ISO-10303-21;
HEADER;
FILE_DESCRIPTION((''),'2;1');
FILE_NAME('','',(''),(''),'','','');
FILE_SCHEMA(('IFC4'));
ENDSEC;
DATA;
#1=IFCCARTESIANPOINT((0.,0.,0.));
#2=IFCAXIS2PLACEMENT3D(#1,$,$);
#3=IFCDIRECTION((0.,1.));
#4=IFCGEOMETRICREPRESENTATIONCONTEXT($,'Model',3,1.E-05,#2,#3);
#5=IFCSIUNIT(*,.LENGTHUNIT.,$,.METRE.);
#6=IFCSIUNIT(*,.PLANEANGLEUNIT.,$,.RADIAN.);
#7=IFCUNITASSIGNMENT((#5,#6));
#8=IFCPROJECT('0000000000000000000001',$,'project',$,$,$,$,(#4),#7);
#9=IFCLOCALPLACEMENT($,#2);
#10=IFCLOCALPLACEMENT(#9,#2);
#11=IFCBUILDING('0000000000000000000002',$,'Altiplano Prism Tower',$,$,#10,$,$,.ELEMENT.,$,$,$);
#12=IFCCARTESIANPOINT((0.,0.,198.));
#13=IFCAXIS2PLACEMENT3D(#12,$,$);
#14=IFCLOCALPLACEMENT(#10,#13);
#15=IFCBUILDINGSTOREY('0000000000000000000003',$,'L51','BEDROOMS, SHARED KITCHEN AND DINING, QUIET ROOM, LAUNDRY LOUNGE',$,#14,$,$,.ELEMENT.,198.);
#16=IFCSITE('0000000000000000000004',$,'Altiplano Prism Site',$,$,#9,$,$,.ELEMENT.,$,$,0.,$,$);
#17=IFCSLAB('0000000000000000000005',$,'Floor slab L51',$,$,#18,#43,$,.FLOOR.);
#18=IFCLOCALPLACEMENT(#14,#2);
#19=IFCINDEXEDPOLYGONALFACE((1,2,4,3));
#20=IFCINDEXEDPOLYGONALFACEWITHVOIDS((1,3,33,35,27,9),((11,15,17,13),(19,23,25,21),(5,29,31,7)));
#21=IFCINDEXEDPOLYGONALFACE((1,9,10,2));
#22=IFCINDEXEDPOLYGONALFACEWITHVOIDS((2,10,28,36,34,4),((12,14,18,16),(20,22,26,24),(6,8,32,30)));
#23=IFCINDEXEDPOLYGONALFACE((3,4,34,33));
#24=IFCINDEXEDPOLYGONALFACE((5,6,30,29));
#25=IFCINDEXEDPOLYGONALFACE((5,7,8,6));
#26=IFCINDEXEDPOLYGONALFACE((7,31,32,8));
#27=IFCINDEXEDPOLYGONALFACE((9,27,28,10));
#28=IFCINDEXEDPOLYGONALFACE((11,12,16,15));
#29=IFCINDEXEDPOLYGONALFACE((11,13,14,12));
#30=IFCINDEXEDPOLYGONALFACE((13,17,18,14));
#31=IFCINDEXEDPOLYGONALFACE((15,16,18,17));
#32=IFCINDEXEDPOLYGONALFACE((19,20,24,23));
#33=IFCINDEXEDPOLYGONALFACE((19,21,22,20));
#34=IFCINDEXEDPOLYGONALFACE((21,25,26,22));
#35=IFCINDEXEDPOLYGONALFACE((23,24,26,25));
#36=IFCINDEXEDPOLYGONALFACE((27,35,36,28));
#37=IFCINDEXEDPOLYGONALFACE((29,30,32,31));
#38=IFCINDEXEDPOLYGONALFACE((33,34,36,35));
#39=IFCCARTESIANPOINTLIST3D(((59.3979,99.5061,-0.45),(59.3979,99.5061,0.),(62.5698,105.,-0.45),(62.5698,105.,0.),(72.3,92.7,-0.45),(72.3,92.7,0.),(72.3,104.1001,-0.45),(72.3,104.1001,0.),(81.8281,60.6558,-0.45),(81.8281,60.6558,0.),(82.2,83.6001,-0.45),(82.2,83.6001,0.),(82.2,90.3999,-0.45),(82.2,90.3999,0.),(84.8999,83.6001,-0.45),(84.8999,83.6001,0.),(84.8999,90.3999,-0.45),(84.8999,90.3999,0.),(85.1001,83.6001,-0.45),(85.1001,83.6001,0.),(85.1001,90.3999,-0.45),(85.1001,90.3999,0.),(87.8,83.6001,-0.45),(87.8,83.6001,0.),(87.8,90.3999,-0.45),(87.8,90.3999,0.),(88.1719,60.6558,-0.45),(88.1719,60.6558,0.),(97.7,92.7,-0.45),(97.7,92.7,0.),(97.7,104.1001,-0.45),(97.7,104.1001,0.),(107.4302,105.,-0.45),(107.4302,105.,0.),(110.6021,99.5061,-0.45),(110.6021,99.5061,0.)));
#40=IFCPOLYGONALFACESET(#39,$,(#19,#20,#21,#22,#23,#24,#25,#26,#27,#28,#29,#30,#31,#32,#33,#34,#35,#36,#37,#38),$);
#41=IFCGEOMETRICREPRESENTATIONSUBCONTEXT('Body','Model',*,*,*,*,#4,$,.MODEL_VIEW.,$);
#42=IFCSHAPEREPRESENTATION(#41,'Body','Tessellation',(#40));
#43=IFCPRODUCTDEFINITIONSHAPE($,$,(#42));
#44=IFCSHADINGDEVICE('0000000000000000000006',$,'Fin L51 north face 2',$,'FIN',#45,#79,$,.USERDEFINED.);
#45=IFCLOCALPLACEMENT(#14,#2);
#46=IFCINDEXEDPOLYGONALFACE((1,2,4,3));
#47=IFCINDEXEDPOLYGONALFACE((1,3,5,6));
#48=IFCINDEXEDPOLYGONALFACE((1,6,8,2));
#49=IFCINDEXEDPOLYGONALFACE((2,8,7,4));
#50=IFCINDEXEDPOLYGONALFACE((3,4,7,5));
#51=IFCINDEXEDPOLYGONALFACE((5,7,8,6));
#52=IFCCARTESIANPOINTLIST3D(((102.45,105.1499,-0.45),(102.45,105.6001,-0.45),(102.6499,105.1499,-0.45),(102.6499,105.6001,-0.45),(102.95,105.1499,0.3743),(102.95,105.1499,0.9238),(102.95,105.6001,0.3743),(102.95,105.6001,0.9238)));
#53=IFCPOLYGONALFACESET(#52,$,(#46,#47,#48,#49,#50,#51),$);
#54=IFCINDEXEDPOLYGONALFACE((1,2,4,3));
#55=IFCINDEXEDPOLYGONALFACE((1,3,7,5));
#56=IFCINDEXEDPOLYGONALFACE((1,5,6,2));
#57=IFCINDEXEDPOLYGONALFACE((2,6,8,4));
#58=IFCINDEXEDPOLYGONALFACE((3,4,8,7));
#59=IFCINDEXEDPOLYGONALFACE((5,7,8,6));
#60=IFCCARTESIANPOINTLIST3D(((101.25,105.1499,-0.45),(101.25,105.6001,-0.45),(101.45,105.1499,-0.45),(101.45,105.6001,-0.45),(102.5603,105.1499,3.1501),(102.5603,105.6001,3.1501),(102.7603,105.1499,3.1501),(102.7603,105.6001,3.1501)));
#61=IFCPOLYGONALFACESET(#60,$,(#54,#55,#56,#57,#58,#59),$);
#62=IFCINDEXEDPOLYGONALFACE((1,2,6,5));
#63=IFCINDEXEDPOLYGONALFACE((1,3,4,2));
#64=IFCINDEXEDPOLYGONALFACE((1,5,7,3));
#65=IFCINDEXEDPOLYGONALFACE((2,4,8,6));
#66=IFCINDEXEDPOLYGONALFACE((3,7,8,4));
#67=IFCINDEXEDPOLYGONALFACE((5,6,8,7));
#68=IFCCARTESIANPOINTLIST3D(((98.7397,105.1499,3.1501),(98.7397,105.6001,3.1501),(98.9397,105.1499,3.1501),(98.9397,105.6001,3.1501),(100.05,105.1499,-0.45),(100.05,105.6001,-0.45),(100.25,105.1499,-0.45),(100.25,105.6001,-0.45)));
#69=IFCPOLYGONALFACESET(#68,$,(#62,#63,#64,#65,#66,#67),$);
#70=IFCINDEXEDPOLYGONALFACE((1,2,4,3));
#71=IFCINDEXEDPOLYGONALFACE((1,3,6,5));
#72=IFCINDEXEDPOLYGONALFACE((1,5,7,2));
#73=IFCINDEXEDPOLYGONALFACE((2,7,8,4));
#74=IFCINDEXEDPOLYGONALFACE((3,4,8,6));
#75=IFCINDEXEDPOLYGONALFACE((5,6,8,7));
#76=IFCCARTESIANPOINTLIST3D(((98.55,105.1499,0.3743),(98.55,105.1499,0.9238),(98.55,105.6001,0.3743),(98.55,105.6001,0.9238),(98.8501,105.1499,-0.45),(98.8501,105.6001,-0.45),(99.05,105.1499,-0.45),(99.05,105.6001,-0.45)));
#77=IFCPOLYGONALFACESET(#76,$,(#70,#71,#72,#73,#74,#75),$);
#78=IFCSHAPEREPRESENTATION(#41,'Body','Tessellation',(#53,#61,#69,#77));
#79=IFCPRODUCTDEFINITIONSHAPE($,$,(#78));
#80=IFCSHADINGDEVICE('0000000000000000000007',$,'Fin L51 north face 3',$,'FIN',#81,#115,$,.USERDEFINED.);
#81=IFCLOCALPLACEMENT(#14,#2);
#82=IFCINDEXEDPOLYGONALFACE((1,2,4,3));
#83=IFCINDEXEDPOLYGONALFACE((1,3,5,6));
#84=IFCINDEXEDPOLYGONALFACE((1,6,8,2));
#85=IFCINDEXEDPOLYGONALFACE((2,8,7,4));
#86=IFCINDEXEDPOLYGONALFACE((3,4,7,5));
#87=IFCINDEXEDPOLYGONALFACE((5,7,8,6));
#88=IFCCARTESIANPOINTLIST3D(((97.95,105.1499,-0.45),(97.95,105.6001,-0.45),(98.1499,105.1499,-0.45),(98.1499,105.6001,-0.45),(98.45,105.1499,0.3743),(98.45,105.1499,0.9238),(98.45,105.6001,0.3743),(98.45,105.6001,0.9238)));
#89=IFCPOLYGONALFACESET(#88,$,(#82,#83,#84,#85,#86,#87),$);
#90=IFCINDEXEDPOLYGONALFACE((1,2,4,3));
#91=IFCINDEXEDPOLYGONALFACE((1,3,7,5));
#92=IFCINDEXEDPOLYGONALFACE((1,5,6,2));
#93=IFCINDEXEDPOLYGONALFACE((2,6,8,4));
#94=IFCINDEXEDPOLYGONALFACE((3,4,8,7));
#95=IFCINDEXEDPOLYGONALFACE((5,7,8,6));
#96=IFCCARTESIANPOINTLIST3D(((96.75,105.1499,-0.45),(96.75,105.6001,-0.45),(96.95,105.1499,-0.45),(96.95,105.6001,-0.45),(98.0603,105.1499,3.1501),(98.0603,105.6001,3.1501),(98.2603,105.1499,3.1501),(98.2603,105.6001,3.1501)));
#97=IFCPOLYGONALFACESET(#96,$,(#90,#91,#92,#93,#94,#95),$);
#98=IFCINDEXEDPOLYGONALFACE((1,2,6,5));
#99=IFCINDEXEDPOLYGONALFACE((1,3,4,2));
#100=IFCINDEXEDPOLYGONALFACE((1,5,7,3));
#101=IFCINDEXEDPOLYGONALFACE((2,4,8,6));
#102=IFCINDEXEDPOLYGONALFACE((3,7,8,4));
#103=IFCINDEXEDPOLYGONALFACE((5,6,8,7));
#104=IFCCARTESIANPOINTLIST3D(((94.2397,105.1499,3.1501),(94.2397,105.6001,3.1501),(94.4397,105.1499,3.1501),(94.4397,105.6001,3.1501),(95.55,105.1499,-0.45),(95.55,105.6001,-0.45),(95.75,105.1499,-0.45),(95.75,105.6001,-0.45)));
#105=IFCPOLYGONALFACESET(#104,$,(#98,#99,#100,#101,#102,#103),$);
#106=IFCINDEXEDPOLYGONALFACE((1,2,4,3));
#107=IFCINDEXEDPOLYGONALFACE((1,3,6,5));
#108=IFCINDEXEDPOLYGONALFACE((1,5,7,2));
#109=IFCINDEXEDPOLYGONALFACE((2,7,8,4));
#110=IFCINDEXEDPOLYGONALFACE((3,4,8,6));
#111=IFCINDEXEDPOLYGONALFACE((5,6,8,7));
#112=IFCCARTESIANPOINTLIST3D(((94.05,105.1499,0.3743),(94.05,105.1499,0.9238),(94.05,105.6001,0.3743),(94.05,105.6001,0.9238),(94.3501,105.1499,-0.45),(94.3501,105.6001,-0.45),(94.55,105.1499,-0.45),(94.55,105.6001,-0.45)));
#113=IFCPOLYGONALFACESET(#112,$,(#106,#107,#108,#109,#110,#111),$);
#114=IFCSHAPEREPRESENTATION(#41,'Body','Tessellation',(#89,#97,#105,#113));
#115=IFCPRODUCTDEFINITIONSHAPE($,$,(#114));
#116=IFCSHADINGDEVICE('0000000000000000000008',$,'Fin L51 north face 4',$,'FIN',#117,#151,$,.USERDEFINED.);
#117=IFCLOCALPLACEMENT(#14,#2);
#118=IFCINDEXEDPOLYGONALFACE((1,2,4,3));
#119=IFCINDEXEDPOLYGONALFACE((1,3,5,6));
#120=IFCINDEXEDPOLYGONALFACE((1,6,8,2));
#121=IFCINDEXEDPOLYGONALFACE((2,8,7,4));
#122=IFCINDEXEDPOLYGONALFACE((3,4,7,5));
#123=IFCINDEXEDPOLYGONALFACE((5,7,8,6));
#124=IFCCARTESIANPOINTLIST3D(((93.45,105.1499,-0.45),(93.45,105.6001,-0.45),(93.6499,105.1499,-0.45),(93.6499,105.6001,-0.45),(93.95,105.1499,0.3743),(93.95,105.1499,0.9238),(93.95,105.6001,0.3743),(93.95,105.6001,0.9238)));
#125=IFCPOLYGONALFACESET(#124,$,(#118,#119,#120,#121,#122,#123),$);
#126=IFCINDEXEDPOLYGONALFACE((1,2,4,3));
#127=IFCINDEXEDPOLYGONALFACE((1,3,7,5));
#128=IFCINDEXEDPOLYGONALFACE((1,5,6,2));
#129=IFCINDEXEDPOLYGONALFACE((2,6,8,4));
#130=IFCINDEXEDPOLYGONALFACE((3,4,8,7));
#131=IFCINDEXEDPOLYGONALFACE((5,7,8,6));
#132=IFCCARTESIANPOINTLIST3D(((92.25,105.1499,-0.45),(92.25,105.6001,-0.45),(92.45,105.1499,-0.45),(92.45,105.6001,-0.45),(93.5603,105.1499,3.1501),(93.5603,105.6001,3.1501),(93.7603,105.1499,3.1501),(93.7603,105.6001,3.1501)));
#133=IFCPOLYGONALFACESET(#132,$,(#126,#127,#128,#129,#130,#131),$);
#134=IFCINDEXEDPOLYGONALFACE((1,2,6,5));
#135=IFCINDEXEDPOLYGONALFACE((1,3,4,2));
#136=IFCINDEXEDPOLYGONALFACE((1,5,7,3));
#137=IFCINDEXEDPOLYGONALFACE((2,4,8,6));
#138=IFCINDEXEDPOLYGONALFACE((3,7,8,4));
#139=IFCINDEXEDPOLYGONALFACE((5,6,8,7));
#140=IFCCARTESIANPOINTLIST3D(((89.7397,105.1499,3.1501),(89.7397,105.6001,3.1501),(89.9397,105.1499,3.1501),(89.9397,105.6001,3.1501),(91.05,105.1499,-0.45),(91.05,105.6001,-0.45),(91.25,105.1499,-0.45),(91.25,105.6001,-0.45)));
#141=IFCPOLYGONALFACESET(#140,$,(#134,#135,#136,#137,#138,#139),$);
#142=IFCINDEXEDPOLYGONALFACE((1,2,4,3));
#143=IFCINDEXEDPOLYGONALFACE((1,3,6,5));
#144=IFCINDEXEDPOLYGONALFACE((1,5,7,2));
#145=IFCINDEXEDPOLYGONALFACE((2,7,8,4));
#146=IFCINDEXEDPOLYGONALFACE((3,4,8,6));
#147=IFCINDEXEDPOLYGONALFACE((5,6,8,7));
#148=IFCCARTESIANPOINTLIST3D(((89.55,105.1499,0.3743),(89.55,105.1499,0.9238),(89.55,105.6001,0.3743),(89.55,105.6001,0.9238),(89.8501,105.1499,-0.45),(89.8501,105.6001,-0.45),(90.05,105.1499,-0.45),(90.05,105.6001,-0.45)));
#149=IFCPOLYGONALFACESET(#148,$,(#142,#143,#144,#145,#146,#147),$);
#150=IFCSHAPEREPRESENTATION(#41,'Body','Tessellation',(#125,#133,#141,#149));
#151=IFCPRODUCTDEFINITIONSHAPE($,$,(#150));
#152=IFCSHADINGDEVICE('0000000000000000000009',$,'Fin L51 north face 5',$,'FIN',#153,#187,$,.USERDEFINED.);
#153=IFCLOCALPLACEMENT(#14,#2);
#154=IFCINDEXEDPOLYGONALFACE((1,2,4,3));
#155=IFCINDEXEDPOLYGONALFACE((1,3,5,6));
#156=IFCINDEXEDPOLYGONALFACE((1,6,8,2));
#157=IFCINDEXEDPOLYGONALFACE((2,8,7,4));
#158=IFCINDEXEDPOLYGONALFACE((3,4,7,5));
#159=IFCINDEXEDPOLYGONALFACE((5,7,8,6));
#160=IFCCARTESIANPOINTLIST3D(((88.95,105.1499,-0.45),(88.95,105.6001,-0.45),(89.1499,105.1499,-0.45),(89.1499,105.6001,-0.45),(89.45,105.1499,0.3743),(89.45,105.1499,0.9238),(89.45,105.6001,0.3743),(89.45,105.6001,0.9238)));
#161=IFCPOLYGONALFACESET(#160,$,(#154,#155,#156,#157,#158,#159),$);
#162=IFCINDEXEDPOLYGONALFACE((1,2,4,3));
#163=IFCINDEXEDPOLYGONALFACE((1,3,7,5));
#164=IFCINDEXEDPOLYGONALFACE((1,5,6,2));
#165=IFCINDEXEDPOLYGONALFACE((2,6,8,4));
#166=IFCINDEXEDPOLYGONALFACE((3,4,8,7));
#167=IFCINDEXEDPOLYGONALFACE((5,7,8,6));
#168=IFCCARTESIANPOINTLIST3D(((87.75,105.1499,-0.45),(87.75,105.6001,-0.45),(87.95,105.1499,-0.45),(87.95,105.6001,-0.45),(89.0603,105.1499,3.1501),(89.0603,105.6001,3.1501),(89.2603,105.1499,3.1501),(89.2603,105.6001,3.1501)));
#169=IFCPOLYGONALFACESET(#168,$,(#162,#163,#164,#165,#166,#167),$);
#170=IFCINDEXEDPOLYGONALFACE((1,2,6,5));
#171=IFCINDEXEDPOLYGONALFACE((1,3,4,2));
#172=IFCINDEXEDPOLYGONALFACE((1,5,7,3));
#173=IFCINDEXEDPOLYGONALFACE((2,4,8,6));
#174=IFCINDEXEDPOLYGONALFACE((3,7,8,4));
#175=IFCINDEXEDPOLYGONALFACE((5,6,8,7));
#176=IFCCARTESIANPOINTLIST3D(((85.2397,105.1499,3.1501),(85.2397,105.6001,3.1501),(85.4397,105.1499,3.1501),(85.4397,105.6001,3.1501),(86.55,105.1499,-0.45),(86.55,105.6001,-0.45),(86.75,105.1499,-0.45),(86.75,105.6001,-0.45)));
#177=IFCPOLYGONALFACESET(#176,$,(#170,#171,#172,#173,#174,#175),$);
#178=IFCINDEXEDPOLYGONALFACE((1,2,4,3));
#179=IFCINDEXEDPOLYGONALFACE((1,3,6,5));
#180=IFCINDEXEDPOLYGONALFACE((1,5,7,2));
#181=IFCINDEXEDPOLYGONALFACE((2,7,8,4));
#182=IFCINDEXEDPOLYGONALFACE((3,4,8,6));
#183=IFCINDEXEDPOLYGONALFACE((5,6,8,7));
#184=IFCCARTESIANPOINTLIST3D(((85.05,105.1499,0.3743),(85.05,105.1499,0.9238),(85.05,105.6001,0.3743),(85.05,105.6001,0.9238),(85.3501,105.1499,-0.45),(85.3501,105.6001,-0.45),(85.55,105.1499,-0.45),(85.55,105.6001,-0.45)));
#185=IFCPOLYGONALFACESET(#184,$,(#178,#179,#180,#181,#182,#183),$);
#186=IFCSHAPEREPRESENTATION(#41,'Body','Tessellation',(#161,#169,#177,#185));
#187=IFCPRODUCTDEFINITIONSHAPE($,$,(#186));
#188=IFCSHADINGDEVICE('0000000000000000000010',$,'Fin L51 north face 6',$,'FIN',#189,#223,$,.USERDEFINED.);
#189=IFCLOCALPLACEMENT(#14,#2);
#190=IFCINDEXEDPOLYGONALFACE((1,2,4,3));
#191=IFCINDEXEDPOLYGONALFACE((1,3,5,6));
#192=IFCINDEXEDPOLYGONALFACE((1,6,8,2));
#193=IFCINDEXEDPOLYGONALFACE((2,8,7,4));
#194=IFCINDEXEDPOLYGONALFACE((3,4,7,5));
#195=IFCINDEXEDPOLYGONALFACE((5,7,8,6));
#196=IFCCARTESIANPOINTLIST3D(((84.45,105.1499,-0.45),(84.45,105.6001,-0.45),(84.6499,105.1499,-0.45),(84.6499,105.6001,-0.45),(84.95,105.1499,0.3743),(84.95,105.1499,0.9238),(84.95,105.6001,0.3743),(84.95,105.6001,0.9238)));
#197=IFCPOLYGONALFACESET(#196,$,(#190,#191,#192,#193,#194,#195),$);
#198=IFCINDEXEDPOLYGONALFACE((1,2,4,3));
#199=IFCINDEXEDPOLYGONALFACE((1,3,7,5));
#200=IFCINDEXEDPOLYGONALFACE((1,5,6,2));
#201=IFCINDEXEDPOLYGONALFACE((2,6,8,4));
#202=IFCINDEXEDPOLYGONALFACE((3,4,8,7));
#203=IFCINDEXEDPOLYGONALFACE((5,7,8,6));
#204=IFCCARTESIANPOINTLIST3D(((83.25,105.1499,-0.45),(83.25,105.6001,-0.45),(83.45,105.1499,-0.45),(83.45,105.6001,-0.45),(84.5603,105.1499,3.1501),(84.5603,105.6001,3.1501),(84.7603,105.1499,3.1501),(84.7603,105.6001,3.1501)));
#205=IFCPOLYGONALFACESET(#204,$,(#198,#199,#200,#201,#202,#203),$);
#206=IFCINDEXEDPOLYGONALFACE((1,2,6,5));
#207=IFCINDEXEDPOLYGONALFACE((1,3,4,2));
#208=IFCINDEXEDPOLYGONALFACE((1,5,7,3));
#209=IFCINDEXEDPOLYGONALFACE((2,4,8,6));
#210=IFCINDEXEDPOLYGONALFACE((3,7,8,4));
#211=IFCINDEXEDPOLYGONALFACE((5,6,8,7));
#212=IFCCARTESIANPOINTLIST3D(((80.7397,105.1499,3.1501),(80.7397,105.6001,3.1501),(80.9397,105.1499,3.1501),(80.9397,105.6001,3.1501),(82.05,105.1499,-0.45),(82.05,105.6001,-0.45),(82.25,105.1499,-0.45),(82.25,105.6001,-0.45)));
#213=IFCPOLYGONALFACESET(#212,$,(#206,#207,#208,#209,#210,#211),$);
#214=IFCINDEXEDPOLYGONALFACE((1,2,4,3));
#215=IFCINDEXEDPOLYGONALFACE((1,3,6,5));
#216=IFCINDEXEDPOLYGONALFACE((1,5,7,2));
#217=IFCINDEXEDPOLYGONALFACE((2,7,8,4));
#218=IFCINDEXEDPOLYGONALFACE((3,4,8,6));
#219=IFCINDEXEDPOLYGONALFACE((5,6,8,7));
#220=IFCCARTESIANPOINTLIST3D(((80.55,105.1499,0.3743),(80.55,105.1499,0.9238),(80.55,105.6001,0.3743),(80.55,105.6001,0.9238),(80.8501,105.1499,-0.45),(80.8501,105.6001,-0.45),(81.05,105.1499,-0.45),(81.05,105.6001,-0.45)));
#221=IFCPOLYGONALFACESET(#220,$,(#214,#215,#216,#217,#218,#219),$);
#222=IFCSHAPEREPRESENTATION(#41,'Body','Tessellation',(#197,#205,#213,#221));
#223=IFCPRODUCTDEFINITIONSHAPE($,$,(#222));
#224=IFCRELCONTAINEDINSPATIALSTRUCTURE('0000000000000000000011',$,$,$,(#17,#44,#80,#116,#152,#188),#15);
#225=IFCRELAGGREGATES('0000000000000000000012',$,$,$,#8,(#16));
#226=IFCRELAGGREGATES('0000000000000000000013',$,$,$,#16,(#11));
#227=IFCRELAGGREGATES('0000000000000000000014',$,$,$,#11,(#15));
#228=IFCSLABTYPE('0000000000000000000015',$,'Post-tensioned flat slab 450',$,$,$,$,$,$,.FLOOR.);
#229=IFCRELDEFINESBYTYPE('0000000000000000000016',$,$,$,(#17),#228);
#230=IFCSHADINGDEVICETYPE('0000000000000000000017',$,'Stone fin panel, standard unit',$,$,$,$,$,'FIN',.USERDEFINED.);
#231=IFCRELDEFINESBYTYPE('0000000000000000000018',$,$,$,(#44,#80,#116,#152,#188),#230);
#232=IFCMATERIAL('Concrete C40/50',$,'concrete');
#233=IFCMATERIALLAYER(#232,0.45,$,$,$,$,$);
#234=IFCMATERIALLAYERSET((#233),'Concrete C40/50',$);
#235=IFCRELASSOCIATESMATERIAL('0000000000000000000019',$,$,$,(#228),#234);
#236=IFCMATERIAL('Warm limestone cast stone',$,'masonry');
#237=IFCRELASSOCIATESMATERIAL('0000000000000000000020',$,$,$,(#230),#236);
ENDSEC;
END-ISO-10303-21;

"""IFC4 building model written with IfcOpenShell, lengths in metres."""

from ifc_helpers import new_model, si_unit, direction, frame, origin, place, context, subcontext, project, spatial, polyline, outline, extrude, source, transform, mapped, material, layer, layer_set, type_object, element, save


model = new_model("IFC4")

# Units and contexts
model_context = context("Model", 3, precision=1e-05, world=origin(), true_north=direction((0.0, 1.0)))
body_context = subcontext(model_context, "Body", "Model", "MODEL_VIEW")
ifc_project = project(units=[si_unit("LENGTHUNIT", "METRE"), si_unit("PLANEANGLEUNIT", "RADIAN")], contexts=[model_context])

# Site, building, storey
site_placement = place(None, origin())
site = spatial("IfcSite", under=ifc_project, at=site_placement, Name="Altiplano Prism Site", CompositionType="ELEMENT", RefElevation=0.0)
building_placement = place(site_placement, origin())
building = spatial("IfcBuilding", under=site, at=building_placement, Name="Altiplano Prism Tower", CompositionType="ELEMENT")
storey_placement = place(building_placement, frame((0.0, 0.0, 198.0)))
storey = spatial("IfcBuildingStorey", under=building, at=storey_placement, Name="L51", Description="BEDROOMS, SHARED KITCHEN AND DINING, QUIET ROOM, LAUNDRY LOUNGE", CompositionType="ELEMENT", Elevation=198.0)

# Slab
ifc_material_1 = material(Name="Concrete C40/50", Category="concrete")
ifc_layer = layer(ifc_material_1, 0.45)
ifc_layer_set = layer_set([ifc_layer], Name="Concrete C40/50")
slab_type = type_object("IfcSlabType", Name="Post-tensioned flat slab 450", PredefinedType="FLOOR", material=ifc_layer_set)
slab_placement = place(storey_placement, frame((0.0, 0.0, -0.45)))
element("IfcSlab", 1, at=slab_placement, inside=storey, type_object=slab_type, Name="Floor slab L51", PredefinedType="FLOOR", context=body_context, shape_type="SweptSolid", body=[
    extrude(outline(polyline([(81.8281, 60.6558), (59.3979, 99.5061), (62.5698, 105.0), (107.4302, 105.0), (110.6021, 99.5061), (88.1719, 60.6558), (81.8281, 60.6558)]), holes=[polyline([(72.3, 104.1001), (72.3, 92.7), (97.7, 92.7), (97.7, 104.1001), (72.3, 104.1001)]), polyline([(84.8999, 90.3999), (82.2, 90.3999), (82.2, 83.6001), (84.8999, 83.6001), (84.8999, 90.3999)]), polyline([(87.8, 83.6001), (87.8, 90.3999), (85.1001, 90.3999), (85.1001, 83.6001), (87.8, 83.6001)])]), origin(), (0.0, 0.0, 1.0), 0.45),
])

# Shading devices
ifc_material_2 = material(Name="Warm limestone cast stone", Category="masonry")
shading_device_type_1 = type_object("IfcShadingDeviceType", Name="Stone fin panel, standard unit", ElementType="FIN", PredefinedType="USERDEFINED", material=ifc_material_2)
shared_shape_1 = source(origin(), body_context, "Body", "SweptSolid", [
    extrude(outline(polyline([(-2.2, 1.3738), (-2.2, 0.8242), (-1.8999, 0.0), (-1.7, 0.0), (-2.2, 1.3738)])), frame((0.0, -0.1499, 0.0), z_axis=(0.0, -1.0, 0.0), x_axis=(1.0, 0.0, 0.0)), (0.0, 0.0, 1.0), 0.4502),
    extrude(outline(polyline([(-2.0103, 3.6001), (-0.7, 0.0), (-0.5, 0.0), (-1.8103, 3.6001), (-2.0103, 3.6001)])), frame((0.0, -0.1499, 0.0), z_axis=(0.0, -1.0, 0.0), x_axis=(1.0, 0.0, 0.0)), (0.0, 0.0, 1.0), 0.4502),
    extrude(outline(polyline([(1.8103, 3.6001), (0.5, 0.0), (0.7, 0.0), (2.0103, 3.6001), (1.8103, 3.6001)])), frame((0.0, -0.1499, 0.0), z_axis=(0.0, -1.0, 0.0), x_axis=(1.0, 0.0, 0.0)), (0.0, 0.0, 1.0), 0.4502),
    extrude(outline(polyline([(2.2, 0.8242), (2.2, 1.3738), (1.7, 0.0), (1.8999, 0.0), (2.2, 0.8242)])), frame((0.0, -0.1499, 0.0), z_axis=(0.0, -1.0, 0.0), x_axis=(1.0, 0.0, 0.0)), (0.0, 0.0, 1.0), 0.4502),
])
shading_device_1_placement = place(storey_placement, origin())
element("IfcShadingDevice", 2, at=shading_device_1_placement, inside=storey, type_object=shading_device_type_1, Name="Fin L51 north face 2", ObjectType="FIN", PredefinedType="USERDEFINED", context=body_context, shape_type="MappedRepresentation", body=[
    mapped(shared_shape_1, transform((100.75, 105.0, -0.45), x_axis=(-1.0, 0.0, 0.0), y_axis=(0.0, -1.0, 0.0), z_axis=(0.0, 0.0, 1.0))),
])
shading_device_2_placement = place(storey_placement, origin())
element("IfcShadingDevice", 3, at=shading_device_2_placement, inside=storey, type_object=shading_device_type_1, Name="Fin L51 north face 3", ObjectType="FIN", PredefinedType="USERDEFINED", context=body_context, shape_type="MappedRepresentation", body=[
    mapped(shared_shape_1, transform((96.25, 105.0, -0.45), x_axis=(-1.0, 0.0, 0.0), y_axis=(0.0, -1.0, 0.0), z_axis=(0.0, 0.0, 1.0))),
])
shading_device_3_placement = place(storey_placement, origin())
element("IfcShadingDevice", 4, at=shading_device_3_placement, inside=storey, type_object=shading_device_type_1, Name="Fin L51 north face 4", ObjectType="FIN", PredefinedType="USERDEFINED", context=body_context, shape_type="MappedRepresentation", body=[
    mapped(shared_shape_1, transform((91.75, 105.0, -0.45), x_axis=(-1.0, 0.0, 0.0), y_axis=(0.0, -1.0, 0.0), z_axis=(0.0, 0.0, 1.0))),
])
shading_device_4_placement = place(storey_placement, origin())
element("IfcShadingDevice", 5, at=shading_device_4_placement, inside=storey, type_object=shading_device_type_1, Name="Fin L51 north face 5", ObjectType="FIN", PredefinedType="USERDEFINED", context=body_context, shape_type="MappedRepresentation", body=[
    mapped(shared_shape_1, transform((87.25, 105.0, -0.45), x_axis=(-1.0, 0.0, 0.0), y_axis=(0.0, -1.0, 0.0), z_axis=(0.0, 0.0, 1.0))),
])
shading_device_5_placement = place(storey_placement, origin())
element("IfcShadingDevice", 6, at=shading_device_5_placement, inside=storey, type_object=shading_device_type_1, Name="Fin L51 north face 6", ObjectType="FIN", PredefinedType="USERDEFINED", context=body_context, shape_type="MappedRepresentation", body=[
    mapped(shared_shape_1, transform((82.75, 105.0, -0.45), x_axis=(-1.0, 0.0, 0.0), y_axis=(0.0, -1.0, 0.0), z_axis=(0.0, 0.0, 1.0))),
])

save(model, "model.ifc")
